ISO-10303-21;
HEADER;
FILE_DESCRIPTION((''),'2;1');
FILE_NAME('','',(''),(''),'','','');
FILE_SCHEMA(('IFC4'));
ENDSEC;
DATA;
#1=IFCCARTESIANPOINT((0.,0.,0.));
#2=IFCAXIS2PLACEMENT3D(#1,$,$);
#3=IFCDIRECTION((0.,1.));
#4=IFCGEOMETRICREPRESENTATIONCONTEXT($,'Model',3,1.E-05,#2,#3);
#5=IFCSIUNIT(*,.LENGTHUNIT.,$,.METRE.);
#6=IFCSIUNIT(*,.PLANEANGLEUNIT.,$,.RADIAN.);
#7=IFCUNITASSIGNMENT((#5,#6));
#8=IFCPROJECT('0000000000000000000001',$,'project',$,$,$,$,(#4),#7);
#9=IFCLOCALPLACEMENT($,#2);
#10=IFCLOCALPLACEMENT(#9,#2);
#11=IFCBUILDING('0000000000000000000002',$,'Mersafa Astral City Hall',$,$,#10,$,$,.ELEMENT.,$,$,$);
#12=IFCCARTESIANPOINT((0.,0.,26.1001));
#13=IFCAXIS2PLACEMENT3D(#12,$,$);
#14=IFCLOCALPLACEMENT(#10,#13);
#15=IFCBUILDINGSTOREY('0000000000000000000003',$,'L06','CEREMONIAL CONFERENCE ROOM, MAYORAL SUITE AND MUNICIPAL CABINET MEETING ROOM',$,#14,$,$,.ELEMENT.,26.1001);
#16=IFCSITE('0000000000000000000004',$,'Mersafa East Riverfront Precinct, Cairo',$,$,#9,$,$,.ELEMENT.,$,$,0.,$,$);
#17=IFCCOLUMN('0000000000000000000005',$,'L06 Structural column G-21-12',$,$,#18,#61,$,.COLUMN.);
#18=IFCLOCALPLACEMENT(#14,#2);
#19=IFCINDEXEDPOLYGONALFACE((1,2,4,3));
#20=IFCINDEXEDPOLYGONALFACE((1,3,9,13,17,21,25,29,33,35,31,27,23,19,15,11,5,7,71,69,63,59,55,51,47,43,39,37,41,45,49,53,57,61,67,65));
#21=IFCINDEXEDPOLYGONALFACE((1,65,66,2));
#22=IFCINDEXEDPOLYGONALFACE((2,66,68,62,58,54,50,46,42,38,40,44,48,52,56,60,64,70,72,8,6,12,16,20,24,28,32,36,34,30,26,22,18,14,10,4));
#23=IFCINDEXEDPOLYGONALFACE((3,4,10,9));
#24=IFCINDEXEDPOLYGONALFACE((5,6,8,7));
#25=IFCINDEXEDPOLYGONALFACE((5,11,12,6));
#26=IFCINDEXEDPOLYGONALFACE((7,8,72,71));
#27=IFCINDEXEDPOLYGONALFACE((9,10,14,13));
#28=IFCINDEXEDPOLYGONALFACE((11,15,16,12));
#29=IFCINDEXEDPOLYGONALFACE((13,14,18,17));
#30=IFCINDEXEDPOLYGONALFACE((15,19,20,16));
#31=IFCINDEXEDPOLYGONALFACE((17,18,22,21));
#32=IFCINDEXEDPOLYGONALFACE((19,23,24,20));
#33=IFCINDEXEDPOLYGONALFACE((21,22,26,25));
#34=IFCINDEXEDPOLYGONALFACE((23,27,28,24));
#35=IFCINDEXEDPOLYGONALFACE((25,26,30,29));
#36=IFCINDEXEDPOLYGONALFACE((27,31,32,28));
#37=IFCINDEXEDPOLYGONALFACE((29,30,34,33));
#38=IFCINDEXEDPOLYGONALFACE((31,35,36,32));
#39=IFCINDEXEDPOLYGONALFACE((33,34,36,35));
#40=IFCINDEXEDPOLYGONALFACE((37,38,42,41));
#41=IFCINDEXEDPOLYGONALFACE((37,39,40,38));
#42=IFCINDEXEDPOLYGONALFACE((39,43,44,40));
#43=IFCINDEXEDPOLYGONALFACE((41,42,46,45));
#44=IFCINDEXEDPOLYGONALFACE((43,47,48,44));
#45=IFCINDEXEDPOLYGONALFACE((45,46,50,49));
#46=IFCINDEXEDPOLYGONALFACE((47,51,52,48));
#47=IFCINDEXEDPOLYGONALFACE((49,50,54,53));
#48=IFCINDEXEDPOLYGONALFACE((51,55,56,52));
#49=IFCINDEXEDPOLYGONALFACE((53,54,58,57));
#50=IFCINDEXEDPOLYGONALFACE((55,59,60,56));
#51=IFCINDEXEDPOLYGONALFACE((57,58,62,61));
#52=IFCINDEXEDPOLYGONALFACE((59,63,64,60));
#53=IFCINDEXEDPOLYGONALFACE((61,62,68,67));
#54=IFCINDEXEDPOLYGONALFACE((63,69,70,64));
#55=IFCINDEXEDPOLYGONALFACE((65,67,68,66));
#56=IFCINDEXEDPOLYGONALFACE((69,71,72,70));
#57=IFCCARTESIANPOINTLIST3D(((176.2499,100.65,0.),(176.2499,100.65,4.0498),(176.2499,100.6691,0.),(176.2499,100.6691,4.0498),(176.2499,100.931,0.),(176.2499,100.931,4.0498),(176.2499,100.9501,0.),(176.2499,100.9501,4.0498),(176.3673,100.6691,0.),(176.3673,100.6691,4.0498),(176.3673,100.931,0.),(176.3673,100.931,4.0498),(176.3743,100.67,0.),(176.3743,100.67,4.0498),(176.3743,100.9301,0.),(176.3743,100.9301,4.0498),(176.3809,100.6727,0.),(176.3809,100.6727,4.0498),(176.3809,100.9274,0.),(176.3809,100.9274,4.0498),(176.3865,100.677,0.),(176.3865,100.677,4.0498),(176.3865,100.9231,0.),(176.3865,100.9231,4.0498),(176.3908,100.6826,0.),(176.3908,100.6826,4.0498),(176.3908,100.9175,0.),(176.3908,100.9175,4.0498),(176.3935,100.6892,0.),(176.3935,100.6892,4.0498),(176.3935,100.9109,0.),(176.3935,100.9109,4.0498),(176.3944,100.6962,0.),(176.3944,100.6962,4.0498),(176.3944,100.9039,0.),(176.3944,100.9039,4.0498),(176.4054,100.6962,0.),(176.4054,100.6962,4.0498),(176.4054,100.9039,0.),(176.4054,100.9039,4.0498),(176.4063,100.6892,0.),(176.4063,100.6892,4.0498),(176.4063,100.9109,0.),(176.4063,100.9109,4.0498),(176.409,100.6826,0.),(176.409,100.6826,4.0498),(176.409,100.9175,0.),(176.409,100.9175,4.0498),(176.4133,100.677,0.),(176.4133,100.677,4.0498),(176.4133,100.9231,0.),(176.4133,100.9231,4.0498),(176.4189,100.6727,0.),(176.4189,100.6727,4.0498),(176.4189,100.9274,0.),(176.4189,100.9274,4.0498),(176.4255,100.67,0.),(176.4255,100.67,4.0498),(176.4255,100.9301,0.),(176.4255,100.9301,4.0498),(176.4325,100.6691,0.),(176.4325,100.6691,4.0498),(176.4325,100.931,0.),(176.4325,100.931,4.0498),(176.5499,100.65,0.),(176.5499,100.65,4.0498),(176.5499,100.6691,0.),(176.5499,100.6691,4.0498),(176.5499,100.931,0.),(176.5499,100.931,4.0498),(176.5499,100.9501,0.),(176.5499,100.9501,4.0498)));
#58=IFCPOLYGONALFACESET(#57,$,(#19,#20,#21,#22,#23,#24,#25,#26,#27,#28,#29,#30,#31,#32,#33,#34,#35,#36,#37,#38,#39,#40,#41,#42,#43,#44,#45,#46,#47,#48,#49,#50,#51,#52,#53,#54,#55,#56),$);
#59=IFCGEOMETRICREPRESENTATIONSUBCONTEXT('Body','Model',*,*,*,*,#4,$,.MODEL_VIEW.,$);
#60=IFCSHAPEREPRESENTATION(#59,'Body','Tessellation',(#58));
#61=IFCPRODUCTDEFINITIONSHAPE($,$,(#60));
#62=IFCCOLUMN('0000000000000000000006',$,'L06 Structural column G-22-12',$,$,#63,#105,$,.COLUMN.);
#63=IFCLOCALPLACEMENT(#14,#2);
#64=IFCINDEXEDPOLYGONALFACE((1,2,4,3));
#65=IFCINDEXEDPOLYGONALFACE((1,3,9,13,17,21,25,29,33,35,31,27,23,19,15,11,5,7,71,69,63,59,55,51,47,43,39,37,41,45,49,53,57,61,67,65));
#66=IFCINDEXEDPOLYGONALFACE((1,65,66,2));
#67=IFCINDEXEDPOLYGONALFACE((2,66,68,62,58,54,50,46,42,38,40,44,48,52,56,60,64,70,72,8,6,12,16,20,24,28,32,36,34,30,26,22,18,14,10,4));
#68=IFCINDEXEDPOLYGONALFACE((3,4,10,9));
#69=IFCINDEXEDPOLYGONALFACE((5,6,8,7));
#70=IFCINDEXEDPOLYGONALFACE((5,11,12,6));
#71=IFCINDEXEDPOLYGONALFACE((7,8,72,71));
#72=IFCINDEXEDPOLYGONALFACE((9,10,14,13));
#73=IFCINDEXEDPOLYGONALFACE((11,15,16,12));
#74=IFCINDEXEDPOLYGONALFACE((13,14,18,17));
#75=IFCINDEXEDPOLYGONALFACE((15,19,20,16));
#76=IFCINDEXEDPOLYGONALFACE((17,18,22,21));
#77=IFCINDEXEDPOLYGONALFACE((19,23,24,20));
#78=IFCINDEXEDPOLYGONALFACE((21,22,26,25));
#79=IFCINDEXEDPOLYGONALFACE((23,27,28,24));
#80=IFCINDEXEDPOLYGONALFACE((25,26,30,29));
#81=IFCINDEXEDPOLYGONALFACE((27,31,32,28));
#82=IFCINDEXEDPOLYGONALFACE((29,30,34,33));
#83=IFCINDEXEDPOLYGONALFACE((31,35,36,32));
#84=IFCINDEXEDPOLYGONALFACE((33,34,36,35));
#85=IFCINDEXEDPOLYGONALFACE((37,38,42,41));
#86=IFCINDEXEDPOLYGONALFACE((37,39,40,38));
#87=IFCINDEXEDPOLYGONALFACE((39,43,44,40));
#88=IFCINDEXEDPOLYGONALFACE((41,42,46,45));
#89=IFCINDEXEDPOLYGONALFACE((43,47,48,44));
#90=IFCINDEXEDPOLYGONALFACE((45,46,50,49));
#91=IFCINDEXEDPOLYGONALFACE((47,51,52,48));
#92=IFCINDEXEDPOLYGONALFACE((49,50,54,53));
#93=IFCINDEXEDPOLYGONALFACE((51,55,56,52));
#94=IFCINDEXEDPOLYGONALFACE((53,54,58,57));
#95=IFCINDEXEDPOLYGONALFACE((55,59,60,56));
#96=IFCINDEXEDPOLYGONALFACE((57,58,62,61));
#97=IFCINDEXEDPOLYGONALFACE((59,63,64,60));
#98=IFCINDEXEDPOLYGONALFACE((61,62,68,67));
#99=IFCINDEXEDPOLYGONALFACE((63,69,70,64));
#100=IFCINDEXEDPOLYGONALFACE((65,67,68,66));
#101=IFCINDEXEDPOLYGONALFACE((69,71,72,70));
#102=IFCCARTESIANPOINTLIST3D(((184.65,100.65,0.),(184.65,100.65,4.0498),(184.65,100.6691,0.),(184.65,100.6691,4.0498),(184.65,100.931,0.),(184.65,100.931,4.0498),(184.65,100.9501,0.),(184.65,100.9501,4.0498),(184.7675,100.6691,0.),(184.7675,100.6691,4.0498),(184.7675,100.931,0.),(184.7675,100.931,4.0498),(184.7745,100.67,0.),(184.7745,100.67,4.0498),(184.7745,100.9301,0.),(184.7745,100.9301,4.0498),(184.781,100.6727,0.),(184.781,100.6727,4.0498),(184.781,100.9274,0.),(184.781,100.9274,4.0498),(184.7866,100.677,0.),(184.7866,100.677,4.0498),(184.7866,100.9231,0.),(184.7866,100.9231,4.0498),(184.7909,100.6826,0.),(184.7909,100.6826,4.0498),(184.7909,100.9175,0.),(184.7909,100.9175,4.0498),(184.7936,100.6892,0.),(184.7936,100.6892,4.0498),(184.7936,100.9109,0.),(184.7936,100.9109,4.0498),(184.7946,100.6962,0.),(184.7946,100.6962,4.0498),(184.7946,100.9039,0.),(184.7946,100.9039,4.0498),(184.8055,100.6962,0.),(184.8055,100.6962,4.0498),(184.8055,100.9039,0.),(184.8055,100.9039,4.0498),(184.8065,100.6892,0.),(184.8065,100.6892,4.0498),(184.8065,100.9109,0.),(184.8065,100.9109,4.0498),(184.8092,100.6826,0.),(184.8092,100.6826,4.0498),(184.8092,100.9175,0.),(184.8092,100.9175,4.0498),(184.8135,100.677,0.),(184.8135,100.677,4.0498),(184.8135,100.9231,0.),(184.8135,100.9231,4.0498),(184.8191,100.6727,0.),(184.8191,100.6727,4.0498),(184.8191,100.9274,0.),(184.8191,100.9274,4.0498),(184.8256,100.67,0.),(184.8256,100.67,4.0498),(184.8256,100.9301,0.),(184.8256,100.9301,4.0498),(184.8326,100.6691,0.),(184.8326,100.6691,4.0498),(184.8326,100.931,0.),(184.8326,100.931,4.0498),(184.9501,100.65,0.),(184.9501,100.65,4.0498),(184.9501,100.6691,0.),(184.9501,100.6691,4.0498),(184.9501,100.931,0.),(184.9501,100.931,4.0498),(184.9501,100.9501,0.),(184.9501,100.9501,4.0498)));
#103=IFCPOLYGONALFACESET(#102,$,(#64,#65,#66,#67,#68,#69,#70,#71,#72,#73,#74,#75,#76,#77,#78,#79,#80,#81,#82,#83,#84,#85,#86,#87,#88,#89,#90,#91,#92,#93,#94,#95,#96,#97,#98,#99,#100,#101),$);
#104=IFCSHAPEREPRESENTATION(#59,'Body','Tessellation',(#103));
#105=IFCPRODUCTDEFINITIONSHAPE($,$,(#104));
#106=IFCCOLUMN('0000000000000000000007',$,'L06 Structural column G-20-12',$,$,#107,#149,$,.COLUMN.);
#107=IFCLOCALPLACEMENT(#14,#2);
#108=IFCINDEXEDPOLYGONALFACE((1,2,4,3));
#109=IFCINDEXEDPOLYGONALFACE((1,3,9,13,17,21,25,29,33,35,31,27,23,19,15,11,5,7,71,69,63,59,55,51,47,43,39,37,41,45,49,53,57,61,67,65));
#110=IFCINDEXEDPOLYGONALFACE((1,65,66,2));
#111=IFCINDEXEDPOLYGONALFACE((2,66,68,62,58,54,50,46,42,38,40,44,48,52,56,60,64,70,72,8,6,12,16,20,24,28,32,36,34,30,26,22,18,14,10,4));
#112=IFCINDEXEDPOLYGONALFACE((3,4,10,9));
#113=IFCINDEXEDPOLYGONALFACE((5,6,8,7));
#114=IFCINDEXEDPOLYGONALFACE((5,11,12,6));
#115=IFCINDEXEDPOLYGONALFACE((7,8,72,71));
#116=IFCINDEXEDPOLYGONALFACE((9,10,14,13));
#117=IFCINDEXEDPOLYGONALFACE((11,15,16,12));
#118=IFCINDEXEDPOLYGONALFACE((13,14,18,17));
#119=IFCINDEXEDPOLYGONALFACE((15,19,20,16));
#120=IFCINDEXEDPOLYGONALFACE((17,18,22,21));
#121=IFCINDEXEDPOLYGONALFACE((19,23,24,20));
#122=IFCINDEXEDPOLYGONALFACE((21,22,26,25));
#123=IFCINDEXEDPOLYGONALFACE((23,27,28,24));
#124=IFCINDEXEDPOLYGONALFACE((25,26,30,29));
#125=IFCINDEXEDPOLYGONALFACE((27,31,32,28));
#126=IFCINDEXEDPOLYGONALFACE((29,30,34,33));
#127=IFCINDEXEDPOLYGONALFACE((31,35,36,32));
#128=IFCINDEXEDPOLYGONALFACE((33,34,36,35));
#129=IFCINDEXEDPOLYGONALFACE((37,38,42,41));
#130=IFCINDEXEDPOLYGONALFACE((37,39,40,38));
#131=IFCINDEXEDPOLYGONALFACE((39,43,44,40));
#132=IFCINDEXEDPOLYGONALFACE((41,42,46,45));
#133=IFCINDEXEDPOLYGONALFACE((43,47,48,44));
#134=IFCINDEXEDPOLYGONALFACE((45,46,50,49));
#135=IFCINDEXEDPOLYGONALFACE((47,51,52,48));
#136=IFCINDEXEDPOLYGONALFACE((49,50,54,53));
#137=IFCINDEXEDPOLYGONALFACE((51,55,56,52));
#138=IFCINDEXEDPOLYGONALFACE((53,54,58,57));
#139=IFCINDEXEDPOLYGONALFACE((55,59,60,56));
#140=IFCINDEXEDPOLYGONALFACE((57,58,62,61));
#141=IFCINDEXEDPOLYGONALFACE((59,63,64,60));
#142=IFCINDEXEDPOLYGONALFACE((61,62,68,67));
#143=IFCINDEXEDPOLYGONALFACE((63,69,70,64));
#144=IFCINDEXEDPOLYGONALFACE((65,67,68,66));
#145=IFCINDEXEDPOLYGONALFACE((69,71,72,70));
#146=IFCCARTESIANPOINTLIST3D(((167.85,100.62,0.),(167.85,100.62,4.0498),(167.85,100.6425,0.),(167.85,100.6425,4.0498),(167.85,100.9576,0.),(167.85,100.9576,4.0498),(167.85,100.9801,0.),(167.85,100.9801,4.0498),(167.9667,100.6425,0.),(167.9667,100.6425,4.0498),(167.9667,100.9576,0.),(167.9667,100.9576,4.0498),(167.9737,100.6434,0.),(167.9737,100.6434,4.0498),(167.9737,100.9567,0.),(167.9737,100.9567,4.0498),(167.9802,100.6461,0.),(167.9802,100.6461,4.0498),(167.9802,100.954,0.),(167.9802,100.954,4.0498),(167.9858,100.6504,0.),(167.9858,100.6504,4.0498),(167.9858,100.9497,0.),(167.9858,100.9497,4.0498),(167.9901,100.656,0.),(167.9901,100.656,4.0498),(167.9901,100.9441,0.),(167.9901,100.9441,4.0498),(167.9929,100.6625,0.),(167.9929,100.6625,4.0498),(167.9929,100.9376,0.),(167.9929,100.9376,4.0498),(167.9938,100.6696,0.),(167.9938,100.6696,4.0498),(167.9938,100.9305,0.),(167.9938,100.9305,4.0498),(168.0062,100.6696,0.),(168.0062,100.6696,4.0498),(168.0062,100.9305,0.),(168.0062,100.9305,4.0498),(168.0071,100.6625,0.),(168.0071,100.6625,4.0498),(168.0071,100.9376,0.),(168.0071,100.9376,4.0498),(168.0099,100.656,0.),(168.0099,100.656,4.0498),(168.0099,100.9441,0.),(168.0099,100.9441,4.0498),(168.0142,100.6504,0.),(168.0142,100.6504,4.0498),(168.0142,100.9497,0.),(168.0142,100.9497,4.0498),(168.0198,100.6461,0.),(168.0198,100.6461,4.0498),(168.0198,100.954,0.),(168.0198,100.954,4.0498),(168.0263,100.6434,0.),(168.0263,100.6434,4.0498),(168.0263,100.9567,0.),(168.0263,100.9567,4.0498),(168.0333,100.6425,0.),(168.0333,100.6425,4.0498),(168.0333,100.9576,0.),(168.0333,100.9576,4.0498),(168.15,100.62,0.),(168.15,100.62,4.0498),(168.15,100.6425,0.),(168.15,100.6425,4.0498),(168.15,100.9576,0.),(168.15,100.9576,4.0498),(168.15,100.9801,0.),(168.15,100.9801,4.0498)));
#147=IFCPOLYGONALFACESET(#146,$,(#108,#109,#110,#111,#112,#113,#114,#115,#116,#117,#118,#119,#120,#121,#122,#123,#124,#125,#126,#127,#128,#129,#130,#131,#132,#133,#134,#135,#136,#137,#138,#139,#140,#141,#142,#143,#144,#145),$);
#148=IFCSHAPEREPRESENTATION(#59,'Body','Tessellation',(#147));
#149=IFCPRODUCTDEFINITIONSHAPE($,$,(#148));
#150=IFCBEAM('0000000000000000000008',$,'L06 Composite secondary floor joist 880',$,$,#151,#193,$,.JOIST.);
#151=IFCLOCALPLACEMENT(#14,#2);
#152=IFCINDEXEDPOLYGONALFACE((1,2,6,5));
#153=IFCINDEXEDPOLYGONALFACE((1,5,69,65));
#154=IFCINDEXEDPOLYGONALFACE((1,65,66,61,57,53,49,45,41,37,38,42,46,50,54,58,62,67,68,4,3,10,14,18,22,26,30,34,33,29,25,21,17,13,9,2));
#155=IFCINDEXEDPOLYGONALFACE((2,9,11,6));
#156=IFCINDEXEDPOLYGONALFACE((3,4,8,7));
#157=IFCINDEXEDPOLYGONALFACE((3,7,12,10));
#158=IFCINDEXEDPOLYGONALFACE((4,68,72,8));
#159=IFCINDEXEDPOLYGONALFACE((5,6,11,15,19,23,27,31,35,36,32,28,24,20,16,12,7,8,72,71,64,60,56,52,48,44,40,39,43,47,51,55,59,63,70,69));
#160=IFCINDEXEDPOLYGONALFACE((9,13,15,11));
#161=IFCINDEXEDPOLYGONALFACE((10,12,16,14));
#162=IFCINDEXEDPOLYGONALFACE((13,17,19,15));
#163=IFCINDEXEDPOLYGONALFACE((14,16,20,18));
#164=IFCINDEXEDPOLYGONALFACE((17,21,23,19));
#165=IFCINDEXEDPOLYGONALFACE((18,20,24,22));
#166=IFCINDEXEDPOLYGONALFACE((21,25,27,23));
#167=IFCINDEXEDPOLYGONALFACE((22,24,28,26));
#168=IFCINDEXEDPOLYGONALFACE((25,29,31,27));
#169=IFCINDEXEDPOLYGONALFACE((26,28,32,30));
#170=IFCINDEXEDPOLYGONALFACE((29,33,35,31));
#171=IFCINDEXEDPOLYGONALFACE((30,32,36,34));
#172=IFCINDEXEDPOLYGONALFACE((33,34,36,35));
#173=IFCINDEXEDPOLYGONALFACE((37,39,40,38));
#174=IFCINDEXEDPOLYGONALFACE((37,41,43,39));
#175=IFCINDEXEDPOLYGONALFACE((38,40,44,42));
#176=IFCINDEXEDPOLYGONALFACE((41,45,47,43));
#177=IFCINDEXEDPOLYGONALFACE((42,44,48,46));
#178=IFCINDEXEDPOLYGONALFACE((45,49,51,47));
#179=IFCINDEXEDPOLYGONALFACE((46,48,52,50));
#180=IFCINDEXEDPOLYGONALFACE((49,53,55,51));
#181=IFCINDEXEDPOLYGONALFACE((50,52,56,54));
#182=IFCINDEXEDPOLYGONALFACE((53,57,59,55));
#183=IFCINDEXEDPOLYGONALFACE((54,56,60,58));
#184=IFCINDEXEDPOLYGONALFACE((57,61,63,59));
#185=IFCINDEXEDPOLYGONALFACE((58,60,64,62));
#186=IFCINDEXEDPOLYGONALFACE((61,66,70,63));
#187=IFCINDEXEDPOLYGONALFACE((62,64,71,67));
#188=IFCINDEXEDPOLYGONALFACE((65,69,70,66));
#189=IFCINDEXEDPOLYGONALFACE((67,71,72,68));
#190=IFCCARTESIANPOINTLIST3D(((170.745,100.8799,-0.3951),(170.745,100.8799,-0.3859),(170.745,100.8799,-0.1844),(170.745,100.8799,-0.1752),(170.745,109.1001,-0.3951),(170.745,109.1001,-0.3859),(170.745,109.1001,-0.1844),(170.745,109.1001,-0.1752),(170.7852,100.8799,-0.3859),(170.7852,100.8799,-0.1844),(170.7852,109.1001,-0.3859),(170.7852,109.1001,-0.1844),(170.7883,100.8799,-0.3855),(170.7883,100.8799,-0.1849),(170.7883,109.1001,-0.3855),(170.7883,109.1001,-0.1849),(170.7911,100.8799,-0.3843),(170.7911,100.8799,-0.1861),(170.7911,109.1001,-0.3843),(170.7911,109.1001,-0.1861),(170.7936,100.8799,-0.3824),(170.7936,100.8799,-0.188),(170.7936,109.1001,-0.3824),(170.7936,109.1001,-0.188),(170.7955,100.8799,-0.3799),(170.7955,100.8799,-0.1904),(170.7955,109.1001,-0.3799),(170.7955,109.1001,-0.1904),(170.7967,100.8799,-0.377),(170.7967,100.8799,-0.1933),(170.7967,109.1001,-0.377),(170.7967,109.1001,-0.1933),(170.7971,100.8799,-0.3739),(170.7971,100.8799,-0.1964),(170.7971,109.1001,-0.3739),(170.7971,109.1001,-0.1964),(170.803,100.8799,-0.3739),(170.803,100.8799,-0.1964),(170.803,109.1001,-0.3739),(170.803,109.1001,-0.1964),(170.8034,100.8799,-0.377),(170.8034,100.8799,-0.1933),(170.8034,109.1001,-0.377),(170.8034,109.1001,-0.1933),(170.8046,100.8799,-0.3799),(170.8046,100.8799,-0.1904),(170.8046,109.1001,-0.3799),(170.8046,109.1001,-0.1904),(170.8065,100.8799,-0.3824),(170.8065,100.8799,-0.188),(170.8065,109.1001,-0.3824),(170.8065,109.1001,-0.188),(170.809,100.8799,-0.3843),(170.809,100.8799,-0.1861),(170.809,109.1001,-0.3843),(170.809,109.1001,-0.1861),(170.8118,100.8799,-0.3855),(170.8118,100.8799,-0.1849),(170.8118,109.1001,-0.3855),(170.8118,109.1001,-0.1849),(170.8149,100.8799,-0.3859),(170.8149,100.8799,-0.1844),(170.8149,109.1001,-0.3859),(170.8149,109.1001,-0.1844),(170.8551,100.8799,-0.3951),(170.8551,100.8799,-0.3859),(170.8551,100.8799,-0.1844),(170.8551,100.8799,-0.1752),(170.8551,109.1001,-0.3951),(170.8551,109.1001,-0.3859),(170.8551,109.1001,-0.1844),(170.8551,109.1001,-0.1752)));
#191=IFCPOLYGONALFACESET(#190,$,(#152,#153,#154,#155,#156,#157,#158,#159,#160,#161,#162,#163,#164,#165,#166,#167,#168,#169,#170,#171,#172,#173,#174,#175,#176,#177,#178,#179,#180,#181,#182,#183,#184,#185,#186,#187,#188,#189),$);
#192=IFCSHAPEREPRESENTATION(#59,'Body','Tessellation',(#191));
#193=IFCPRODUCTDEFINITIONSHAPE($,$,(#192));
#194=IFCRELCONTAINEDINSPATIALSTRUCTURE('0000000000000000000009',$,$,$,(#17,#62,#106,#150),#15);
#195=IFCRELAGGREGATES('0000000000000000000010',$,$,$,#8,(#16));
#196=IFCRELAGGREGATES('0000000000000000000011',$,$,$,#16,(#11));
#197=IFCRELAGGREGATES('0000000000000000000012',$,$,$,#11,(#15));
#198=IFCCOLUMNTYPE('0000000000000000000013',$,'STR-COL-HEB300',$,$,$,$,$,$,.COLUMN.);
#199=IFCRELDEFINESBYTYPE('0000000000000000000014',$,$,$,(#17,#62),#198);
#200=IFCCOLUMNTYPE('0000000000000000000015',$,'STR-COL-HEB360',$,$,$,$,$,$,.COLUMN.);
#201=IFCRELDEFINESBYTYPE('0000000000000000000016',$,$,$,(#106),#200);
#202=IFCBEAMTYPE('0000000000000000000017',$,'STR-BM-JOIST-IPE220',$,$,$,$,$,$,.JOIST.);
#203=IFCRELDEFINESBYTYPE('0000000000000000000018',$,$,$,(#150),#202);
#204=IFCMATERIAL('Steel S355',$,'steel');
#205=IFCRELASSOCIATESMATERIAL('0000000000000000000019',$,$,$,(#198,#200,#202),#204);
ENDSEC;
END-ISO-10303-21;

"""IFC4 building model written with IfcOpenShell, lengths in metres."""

from ifc_helpers import new_model, si_unit, direction, frame, origin, origin_2d, place, context, subcontext, project, spatial, i_section, extrude, material, material_profile, profile_set, type_object, element, save


model = new_model("IFC4")

# Units and contexts
model_context = context("Model", 3, precision=1e-05, world=origin(), true_north=direction((0.0, 1.0)))
body_context = subcontext(model_context, "Body", "Model", "MODEL_VIEW")
ifc_project = project(units=[si_unit("LENGTHUNIT", "METRE"), si_unit("PLANEANGLEUNIT", "RADIAN")], contexts=[model_context])

# Site, building, storey
site_placement = place(None, origin())
site = spatial("IfcSite", under=ifc_project, at=site_placement, Name="Mersafa East Riverfront Precinct, Cairo", CompositionType="ELEMENT", RefElevation=0.0)
building_placement = place(site_placement, origin())
building = spatial("IfcBuilding", under=site, at=building_placement, Name="Mersafa Astral City Hall", CompositionType="ELEMENT")
storey_placement = place(building_placement, frame((0.0, 0.0, 26.1001)))
storey = spatial("IfcBuildingStorey", under=building, at=storey_placement, Name="L06", Description="CEREMONIAL CONFERENCE ROOM, MAYORAL SUITE AND MUNICIPAL CABINET MEETING ROOM", CompositionType="ELEMENT", Elevation=26.1001)

# Columns
ifc_material_1 = material(Name="Steel S355", Category="steel")
ifc_material_profile_1 = material_profile(ifc_material_1, i_section(OverallWidth=0.3, OverallDepth=0.3, WebThickness=0.011, FlangeThickness=0.019, FilletRadius=0.0271, at=origin_2d()), Name="HEB 300")
ifc_profile_set_1 = profile_set([ifc_material_profile_1], Name="Steel S355")
column_type_1 = type_object("IfcColumnType", Name="STR-COL-HEB300", PredefinedType="COLUMN", material=ifc_profile_set_1)
for number, where, z_axis, x_axis, name in (
    (1, (176.3999, 100.8, 0.0), (0.0, 0.0, 1.0), (1.0, 0.0, 0.0), "L06 Structural column G-21-12"),
    (2, (184.8, 100.8, 0.0), (0.0, 0.0, 1.0), (1.0, 0.0, 0.0), "L06 Structural column G-22-12"),
):
    element("IfcColumn", number, at=place(storey_placement, frame(where, z_axis=z_axis, x_axis=x_axis)), inside=storey, type_object=column_type_1, Name=name, PredefinedType="COLUMN", context=body_context, shape_type="SweptSolid", body=[
        extrude(i_section(OverallWidth=0.3, OverallDepth=0.3, WebThickness=0.011, FlangeThickness=0.019, FilletRadius=0.0271, at=origin_2d()), origin(), (0.0, 0.0, 1.0), 4.0498),
    ])
ifc_material_profile_2 = material_profile(ifc_material_1, i_section(OverallWidth=0.3, OverallDepth=0.3601, WebThickness=0.0125, FlangeThickness=0.0225, FilletRadius=0.0271, at=origin_2d()), Name="HEB 360")
ifc_profile_set_2 = profile_set([ifc_material_profile_2], Name="Steel S355")
column_type_2 = type_object("IfcColumnType", Name="STR-COL-HEB360", PredefinedType="COLUMN", material=ifc_profile_set_2)
column_placement = place(storey_placement, frame((168.0, 100.8, 0.0), z_axis=(0.0, 0.0, 1.0), x_axis=(1.0, 0.0, 0.0)))
element("IfcColumn", 3, at=column_placement, inside=storey, type_object=column_type_2, Name="L06 Structural column G-20-12", PredefinedType="COLUMN", context=body_context, shape_type="SweptSolid", body=[
    extrude(i_section(OverallWidth=0.3, OverallDepth=0.3601, WebThickness=0.0125, FlangeThickness=0.0225, FilletRadius=0.0271, at=origin_2d()), origin(), (0.0, 0.0, 1.0), 4.0498),
])

# Beam
ifc_material_profile_3 = material_profile(ifc_material_1, i_section(OverallWidth=0.1101, OverallDepth=0.22, WebThickness=0.0059, FlangeThickness=0.0093, FilletRadius=0.012, at=origin_2d()), Name="IPE 220")
ifc_profile_set_3 = profile_set([ifc_material_profile_3], Name="Steel S355")
beam_type_1 = type_object("IfcBeamType", Name="STR-BM-JOIST-IPE220", PredefinedType="JOIST", material=ifc_profile_set_3)
for number, where, z_axis, x_axis, name in (
    (4, (170.8, 100.8799, -0.2852), (0.0, 1.0, 0.0), (-1.0, 0.0, 0.0), "L06 Composite secondary floor joist 880"),
):
    element("IfcBeam", number, at=place(storey_placement, frame(where, z_axis=z_axis, x_axis=x_axis)), inside=storey, type_object=beam_type_1, Name=name, PredefinedType="JOIST", context=body_context, shape_type="SweptSolid", body=[
        extrude(i_section(OverallWidth=0.1101, OverallDepth=0.22, WebThickness=0.0059, FlangeThickness=0.0093, FilletRadius=0.012, at=origin_2d()), origin(), (0.0, 0.0, 1.0), 8.2202),
    ])

save(model, "model.ifc")
